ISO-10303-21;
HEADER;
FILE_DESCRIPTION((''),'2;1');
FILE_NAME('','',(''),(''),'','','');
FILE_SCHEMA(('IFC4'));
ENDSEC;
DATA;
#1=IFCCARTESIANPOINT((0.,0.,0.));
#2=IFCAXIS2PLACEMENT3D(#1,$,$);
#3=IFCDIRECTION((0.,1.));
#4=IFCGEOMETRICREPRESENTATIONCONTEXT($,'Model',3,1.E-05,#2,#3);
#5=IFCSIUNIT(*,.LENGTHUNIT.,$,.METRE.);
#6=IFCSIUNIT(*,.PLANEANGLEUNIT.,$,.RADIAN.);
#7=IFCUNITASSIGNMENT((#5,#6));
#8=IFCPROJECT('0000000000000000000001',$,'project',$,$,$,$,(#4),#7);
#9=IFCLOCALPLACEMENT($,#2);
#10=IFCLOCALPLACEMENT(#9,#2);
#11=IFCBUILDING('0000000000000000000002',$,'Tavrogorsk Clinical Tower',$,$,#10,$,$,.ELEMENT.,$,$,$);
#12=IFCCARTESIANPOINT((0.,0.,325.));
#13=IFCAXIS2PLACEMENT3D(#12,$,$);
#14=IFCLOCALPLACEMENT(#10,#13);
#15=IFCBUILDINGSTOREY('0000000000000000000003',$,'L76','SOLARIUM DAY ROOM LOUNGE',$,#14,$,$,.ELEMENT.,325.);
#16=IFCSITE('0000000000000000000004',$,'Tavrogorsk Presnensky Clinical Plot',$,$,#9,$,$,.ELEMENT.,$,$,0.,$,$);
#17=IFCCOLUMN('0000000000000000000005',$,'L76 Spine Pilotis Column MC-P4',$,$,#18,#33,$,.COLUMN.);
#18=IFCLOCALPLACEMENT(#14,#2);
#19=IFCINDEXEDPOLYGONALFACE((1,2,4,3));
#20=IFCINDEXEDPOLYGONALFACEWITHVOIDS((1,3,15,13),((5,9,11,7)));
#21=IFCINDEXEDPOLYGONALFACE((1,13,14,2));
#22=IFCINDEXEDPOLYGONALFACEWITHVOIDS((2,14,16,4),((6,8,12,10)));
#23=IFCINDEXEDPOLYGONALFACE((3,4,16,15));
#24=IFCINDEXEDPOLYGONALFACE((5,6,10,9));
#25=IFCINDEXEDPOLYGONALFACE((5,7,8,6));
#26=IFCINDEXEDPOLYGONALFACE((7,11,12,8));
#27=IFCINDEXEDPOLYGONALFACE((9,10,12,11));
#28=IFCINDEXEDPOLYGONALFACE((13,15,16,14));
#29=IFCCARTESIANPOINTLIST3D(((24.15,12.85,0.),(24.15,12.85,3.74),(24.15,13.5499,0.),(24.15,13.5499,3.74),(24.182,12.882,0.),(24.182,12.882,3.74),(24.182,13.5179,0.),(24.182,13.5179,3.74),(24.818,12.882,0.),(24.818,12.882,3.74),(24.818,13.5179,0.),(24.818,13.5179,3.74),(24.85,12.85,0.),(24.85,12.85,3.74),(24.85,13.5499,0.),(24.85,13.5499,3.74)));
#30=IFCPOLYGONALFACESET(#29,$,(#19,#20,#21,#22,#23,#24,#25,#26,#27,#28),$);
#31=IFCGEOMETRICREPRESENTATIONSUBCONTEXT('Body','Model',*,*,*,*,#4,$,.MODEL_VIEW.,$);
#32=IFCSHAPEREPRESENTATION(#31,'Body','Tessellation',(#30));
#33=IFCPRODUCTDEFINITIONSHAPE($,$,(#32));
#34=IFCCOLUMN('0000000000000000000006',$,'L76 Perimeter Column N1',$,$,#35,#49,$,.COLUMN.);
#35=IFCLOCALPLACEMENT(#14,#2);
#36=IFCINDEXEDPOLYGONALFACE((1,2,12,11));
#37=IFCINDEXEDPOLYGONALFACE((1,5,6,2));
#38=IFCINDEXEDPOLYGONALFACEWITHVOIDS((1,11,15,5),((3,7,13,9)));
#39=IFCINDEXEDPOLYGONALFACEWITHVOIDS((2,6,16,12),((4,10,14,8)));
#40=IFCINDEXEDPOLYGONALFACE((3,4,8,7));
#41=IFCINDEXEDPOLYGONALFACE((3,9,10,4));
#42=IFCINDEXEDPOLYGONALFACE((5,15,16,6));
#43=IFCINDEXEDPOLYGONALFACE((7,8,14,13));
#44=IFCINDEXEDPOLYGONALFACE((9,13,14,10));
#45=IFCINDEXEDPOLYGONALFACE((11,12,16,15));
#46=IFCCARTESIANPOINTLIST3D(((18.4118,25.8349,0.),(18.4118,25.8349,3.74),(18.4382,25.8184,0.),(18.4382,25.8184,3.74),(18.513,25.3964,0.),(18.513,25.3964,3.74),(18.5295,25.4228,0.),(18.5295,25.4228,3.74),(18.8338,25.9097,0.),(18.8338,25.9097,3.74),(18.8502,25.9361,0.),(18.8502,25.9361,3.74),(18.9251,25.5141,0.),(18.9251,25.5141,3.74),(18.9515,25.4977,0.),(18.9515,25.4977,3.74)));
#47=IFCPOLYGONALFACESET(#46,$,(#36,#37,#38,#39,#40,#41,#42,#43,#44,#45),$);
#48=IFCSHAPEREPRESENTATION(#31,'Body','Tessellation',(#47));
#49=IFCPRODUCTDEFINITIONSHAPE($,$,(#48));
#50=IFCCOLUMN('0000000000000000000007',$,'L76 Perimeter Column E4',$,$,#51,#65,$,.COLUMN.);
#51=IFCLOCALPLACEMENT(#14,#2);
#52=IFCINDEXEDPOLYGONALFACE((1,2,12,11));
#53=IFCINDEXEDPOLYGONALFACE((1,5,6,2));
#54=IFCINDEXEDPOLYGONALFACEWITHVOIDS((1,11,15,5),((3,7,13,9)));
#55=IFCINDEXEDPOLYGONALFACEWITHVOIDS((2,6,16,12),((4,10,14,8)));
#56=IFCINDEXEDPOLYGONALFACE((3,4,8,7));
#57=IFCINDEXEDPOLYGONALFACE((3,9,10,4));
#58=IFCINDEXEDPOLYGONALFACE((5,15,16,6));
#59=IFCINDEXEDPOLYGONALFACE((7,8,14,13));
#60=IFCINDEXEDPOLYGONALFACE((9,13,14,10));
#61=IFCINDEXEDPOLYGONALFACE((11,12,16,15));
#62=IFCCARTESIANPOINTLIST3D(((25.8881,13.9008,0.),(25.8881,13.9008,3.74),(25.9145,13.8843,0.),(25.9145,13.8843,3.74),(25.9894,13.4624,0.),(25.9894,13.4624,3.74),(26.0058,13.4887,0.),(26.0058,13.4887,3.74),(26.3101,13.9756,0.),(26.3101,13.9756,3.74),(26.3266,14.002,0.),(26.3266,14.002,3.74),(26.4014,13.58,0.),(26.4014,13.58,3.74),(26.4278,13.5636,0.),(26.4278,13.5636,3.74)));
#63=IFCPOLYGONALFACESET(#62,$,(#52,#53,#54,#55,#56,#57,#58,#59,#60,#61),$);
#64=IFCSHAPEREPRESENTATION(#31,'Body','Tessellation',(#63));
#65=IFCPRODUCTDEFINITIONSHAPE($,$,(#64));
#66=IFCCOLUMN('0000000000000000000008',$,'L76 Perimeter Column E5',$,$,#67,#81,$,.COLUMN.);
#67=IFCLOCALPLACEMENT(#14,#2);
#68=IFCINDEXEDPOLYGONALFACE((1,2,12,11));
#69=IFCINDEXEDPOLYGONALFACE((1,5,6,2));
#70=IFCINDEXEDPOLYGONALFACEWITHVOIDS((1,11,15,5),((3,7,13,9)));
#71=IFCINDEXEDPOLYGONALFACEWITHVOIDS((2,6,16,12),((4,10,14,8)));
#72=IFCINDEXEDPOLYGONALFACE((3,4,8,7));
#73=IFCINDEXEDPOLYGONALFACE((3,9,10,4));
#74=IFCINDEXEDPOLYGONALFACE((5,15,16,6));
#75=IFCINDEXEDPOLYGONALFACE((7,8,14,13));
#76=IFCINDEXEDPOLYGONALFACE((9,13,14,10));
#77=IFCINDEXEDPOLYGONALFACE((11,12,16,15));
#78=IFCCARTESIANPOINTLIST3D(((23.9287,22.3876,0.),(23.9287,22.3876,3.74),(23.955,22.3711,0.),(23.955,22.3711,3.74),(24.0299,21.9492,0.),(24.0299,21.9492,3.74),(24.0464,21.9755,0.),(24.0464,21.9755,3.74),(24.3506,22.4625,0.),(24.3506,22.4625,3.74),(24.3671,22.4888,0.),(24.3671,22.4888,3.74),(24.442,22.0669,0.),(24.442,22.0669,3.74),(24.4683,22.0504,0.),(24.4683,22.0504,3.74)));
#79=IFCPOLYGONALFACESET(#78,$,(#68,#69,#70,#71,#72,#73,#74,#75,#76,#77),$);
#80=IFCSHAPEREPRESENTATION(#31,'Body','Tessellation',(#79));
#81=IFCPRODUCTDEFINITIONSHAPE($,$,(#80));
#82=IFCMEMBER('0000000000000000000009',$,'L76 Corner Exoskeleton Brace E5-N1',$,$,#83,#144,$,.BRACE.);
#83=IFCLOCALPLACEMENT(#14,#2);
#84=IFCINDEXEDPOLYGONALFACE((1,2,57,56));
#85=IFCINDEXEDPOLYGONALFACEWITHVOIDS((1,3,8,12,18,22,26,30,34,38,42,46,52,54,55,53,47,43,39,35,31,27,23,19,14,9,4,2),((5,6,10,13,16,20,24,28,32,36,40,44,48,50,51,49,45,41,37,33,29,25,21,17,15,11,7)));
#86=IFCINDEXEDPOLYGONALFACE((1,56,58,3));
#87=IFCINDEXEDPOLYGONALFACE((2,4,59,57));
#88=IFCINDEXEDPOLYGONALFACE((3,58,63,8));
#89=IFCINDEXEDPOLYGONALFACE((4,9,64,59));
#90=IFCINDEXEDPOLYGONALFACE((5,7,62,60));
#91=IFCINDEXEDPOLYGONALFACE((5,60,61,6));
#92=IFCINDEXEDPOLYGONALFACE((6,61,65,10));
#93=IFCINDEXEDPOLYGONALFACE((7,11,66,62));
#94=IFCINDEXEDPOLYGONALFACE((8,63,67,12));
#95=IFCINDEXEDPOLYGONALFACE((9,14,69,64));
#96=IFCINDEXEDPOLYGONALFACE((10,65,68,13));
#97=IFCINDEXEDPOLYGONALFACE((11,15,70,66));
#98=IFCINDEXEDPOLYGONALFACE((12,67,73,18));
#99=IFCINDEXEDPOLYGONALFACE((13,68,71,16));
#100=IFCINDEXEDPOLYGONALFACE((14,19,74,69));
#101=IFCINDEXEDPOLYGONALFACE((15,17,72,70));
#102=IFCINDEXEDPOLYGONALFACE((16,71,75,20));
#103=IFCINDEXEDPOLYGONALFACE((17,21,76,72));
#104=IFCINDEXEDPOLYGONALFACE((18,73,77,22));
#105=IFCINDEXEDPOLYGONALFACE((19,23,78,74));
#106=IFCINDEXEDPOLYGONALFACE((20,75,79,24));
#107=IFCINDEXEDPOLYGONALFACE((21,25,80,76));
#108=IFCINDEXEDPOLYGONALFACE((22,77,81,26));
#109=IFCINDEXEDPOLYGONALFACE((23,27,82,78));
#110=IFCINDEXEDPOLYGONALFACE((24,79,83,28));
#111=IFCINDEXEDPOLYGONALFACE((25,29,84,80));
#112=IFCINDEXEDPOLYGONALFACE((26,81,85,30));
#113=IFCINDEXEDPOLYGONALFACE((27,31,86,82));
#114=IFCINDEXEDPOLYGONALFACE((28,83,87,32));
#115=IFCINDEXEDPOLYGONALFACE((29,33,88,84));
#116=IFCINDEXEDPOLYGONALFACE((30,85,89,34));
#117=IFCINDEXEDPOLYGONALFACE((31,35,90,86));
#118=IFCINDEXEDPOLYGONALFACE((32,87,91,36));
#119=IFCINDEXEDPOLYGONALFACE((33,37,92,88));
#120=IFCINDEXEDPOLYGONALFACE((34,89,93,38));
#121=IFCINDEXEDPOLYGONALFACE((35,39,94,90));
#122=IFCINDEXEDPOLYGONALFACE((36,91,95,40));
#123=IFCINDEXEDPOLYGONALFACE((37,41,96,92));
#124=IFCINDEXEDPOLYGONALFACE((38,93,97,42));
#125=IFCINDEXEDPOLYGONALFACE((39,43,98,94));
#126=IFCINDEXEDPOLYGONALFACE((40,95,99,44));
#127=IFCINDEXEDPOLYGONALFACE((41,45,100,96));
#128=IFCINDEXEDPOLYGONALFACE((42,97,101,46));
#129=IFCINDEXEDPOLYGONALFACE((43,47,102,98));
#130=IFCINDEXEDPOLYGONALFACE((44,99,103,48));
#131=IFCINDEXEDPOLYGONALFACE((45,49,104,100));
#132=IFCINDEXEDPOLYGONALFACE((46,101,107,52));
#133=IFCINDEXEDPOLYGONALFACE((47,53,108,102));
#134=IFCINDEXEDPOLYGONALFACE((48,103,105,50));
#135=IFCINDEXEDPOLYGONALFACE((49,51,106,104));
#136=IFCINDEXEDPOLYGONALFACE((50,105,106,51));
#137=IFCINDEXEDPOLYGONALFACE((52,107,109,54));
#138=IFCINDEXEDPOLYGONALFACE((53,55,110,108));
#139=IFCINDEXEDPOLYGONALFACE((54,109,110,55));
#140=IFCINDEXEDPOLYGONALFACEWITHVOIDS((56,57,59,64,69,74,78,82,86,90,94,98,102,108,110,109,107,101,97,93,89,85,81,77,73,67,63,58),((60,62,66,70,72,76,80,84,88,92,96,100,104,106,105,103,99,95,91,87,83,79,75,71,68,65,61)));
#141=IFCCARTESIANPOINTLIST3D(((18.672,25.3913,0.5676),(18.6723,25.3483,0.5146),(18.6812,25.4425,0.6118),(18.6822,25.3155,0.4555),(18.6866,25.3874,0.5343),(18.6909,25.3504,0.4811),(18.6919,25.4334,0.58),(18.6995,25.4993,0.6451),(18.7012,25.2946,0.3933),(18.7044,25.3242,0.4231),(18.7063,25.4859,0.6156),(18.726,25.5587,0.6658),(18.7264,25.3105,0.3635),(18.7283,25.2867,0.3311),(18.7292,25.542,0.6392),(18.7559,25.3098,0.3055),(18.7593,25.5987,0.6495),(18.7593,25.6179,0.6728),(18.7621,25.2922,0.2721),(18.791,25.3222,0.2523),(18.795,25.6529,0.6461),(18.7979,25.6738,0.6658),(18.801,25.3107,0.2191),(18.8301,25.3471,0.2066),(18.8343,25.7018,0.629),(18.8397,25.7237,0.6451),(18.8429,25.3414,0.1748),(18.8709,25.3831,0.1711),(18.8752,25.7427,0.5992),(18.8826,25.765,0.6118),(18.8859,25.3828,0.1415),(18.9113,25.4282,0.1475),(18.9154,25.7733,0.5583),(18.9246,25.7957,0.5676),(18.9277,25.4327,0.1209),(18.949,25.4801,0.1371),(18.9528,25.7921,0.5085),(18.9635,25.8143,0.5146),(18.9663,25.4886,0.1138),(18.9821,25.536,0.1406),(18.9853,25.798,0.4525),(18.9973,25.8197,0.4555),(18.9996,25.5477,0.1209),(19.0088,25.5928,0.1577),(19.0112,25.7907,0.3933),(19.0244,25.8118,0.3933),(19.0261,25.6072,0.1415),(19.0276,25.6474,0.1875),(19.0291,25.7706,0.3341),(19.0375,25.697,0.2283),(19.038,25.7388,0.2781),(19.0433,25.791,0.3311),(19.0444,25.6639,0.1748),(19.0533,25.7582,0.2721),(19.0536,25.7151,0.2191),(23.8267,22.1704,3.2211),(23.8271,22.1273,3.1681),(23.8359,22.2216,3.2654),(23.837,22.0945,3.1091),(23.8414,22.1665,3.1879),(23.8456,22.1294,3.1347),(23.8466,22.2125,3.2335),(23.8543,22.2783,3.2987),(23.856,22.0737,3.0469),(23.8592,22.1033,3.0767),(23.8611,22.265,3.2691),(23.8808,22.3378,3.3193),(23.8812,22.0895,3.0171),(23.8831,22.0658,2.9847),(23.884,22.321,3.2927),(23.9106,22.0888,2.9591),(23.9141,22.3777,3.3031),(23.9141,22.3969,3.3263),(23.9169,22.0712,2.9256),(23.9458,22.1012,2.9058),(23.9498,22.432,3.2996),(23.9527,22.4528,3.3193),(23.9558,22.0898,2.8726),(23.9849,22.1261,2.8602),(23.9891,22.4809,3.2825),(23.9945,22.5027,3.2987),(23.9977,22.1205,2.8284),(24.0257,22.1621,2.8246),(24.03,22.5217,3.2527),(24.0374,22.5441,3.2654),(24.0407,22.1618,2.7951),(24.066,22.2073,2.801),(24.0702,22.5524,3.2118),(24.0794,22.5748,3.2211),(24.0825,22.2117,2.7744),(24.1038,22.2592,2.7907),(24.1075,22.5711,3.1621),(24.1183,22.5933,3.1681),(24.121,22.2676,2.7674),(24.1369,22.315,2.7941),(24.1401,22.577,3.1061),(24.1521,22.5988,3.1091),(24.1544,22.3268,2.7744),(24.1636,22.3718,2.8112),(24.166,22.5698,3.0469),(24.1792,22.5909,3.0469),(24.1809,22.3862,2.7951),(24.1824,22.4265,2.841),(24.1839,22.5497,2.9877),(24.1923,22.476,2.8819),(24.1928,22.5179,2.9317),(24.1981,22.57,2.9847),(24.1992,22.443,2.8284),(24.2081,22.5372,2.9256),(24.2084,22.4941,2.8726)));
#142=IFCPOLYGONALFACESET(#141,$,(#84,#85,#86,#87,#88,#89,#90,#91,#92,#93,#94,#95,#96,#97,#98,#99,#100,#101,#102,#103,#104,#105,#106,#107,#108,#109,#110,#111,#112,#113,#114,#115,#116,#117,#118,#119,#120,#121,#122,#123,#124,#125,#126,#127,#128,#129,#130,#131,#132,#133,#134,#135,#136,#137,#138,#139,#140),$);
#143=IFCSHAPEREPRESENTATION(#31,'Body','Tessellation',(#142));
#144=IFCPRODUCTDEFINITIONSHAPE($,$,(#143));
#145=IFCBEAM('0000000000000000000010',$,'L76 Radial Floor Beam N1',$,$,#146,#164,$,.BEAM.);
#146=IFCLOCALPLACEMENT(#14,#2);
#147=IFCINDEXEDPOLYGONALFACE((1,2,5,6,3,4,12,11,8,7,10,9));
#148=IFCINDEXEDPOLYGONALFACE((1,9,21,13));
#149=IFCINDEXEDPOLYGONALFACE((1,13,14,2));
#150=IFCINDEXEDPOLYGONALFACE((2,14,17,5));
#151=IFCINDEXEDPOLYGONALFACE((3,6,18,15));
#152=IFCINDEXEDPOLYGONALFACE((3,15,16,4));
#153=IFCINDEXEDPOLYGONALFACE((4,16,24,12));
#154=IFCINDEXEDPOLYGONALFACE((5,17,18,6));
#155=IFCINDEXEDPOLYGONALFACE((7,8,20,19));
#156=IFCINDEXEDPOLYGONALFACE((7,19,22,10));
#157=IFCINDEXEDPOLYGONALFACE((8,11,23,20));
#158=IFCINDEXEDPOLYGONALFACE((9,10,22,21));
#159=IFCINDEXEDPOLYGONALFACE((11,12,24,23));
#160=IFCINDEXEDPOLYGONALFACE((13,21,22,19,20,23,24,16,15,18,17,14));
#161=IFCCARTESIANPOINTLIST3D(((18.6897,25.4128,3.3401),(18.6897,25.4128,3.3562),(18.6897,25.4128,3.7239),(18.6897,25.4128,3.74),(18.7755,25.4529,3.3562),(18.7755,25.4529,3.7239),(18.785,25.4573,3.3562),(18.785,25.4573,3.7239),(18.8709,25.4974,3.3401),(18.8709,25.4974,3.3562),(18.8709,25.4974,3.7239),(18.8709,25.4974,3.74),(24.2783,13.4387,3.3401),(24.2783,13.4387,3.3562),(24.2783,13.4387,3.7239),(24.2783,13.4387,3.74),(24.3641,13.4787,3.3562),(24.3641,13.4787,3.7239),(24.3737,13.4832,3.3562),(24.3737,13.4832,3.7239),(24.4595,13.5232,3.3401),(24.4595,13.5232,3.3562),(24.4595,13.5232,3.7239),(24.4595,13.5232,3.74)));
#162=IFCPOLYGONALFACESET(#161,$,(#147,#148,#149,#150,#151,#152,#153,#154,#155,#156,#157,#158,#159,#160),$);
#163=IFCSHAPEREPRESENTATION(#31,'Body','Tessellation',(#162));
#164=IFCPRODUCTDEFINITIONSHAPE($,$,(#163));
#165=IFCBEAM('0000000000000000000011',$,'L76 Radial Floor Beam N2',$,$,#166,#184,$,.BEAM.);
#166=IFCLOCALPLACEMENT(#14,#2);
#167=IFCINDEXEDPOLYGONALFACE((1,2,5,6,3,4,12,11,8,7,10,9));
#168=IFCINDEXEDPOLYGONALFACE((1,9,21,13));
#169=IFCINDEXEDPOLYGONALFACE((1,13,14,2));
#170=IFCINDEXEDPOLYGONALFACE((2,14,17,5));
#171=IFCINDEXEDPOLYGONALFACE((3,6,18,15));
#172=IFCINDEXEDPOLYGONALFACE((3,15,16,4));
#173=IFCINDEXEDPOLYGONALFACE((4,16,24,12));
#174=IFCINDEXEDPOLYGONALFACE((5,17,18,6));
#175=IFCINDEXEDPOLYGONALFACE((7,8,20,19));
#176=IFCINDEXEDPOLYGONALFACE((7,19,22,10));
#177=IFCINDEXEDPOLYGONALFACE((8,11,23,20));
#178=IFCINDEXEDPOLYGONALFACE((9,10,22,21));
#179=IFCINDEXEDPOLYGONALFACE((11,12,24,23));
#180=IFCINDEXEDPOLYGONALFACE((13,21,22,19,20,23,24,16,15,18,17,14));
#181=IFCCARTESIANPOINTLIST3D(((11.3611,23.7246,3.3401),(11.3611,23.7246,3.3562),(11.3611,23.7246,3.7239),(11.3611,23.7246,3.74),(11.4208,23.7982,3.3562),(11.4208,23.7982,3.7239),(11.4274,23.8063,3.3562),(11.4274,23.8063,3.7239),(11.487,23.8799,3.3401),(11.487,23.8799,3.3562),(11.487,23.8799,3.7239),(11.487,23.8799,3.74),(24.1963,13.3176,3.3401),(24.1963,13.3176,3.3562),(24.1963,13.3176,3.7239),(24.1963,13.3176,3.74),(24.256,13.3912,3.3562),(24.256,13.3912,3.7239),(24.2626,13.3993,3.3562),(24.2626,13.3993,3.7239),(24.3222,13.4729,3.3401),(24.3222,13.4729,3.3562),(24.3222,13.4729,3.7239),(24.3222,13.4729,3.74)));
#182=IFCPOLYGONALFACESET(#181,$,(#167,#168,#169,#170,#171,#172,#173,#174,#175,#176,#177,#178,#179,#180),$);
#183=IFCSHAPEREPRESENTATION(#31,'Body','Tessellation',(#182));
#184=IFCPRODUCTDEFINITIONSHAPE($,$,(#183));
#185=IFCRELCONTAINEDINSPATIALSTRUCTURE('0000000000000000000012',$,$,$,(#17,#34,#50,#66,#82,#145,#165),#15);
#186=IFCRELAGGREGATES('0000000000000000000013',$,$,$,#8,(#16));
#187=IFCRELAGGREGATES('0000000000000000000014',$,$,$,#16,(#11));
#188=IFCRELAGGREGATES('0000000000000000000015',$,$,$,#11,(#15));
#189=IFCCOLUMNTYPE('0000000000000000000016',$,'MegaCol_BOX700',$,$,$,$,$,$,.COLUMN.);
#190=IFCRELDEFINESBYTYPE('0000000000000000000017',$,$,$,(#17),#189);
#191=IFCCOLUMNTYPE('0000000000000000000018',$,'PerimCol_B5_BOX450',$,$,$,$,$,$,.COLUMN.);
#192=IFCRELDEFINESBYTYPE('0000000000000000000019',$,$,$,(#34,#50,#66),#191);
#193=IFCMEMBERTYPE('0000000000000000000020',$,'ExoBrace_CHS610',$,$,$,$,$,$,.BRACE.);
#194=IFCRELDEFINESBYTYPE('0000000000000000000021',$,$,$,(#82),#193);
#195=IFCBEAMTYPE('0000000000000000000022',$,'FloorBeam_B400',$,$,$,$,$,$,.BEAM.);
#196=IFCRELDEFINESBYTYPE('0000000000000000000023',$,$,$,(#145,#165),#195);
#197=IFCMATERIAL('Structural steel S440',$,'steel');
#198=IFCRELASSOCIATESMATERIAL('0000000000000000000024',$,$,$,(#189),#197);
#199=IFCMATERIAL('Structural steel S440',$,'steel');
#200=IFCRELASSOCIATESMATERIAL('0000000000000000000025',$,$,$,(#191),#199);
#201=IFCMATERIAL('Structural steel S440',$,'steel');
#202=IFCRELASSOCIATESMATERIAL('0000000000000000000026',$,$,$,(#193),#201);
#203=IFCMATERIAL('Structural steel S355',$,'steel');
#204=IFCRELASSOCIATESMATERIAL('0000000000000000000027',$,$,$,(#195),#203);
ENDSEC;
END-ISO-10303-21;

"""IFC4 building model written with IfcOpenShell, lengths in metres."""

from ifc_helpers import new_model, si_unit, direction, frame, origin, origin_2d, place, context, subcontext, project, spatial, hollow_rectangle, hollow_circle, i_section, extrude, material, material_profile, profile_set, type_object, element, save


model = new_model("IFC4")

# Units and contexts
model_context = context("Model", 3, precision=1e-05, world=origin(), true_north=direction((0.0, 1.0)))
body_context = subcontext(model_context, "Body", "Model", "MODEL_VIEW")
ifc_project = project(units=[si_unit("LENGTHUNIT", "METRE"), si_unit("PLANEANGLEUNIT", "RADIAN")], contexts=[model_context])

# Site, building, storey
site_placement = place(None, origin())
site = spatial("IfcSite", under=ifc_project, at=site_placement, Name="Tavrogorsk Presnensky Clinical Plot", CompositionType="ELEMENT", RefElevation=0.0)
building_placement = place(site_placement, origin())
building = spatial("IfcBuilding", under=site, at=building_placement, Name="Tavrogorsk Clinical Tower", CompositionType="ELEMENT")
storey_placement = place(building_placement, frame((0.0, 0.0, 325.0)))
storey = spatial("IfcBuildingStorey", under=building, at=storey_placement, Name="L76", Description="SOLARIUM DAY ROOM LOUNGE", CompositionType="ELEMENT", Elevation=325.0)

# Columns
ifc_material_1 = material(Name="Structural steel S440", Category="steel")
ifc_material_profile_1 = material_profile(ifc_material_1, hollow_rectangle(XDim=0.7, YDim=0.7, WallThickness=0.032, at=origin_2d()), Name="BOX-700x700x32")
ifc_profile_set_1 = profile_set([ifc_material_profile_1], Name="Structural steel S440")
column_type_1 = type_object("IfcColumnType", Name="MegaCol_BOX700", PredefinedType="COLUMN", material=ifc_profile_set_1)
column_placement = place(storey_placement, frame((24.5, 13.2, 0.0), z_axis=(0.0, 0.0, 1.0), x_axis=(1.0, 0.0, 0.0)))
element("IfcColumn", 1, at=column_placement, inside=storey, type_object=column_type_1, Name="L76 Spine Pilotis Column MC-P4", PredefinedType="COLUMN", context=body_context, shape_type="SweptSolid", body=[
    extrude(hollow_rectangle(XDim=0.7, YDim=0.7, WallThickness=0.032, at=origin_2d()), origin(), (0.0, 0.0, 1.0), 3.74),
])
ifc_material_2 = material(Name="Structural steel S440", Category="steel")
ifc_material_profile_2 = material_profile(ifc_material_2, hollow_rectangle(XDim=0.45, YDim=0.45, WallThickness=0.022, at=origin_2d()), Name="BOX-450x450x22")
ifc_profile_set_2 = profile_set([ifc_material_profile_2], Name="Structural steel S440")
column_type_2 = type_object("IfcColumnType", Name="PerimCol_B5_BOX450", PredefinedType="COLUMN", material=ifc_profile_set_2)
for number, where, z_axis, x_axis, name in (
    (2, (18.6816, 25.6663, 0.0), (0.0, 0.0, 1.0), (0.97437, 0.224951, 0.0), "L76 Perimeter Column N1"),
    (3, (26.158, 13.7322, 0.0), (0.0, 0.0, 1.0), (0.97437, 0.224951, 0.0), "L76 Perimeter Column E4"),
    (4, (24.1985, 22.219, 0.0), (0.0, 0.0, 1.0), (0.97437, 0.224951, 0.0), "L76 Perimeter Column E5"),
):
    element("IfcColumn", number, at=place(storey_placement, frame(where, z_axis=z_axis, x_axis=x_axis)), inside=storey, type_object=column_type_2, Name=name, PredefinedType="COLUMN", context=body_context, shape_type="SweptSolid", body=[
        extrude(hollow_rectangle(XDim=0.45, YDim=0.45, WallThickness=0.022, at=origin_2d()), origin(), (0.0, 0.0, 1.0), 3.74),
    ])

# Member
ifc_material_3 = material(Name="Structural steel S440", Category="steel")
ifc_material_profile_3 = material_profile(ifc_material_3, hollow_circle(Radius=0.3049, WallThickness=0.0249, at=origin_2d()), Name="CHS-610x25")
ifc_profile_set_3 = profile_set([ifc_material_profile_3], Name="Structural steel S440")
member_type_1 = type_object("IfcMemberType", Name="ExoBrace_CHS610", PredefinedType="BRACE", material=ifc_profile_set_3)
member_placement = place(storey_placement, frame((18.8628, 25.5532, 0.3933), z_axis=(0.777222, -0.485644, 0.400096), x_axis=(0.529905, 0.848057, 0.0)))
element("IfcMember", 5, at=member_placement, inside=storey, type_object=member_type_1, Name="L76 Corner Exoskeleton Brace E5-N1", PredefinedType="BRACE", context=body_context, shape_type="SweptSolid", body=[
    extrude(hollow_circle(Radius=0.3049, WallThickness=0.0249, at=origin_2d()), origin(), (0.0, 0.0, 1.0), 6.6323),
])

# Beams
ifc_material_4 = material(Name="Structural steel S355", Category="steel")
ifc_material_profile_4 = material_profile(ifc_material_4, i_section(OverallWidth=0.2, OverallDepth=0.3999, WebThickness=0.0105, FlangeThickness=0.0161, at=origin_2d()), Name="B-400x200x10.5x16")
ifc_profile_set_4 = profile_set([ifc_material_profile_4], Name="Structural steel S355")
beam_type_1 = type_object("IfcBeamType", Name="FloorBeam_B400", PredefinedType="BEAM", material=ifc_profile_set_4)
beam_1_placement = place(storey_placement, frame((24.3689, 13.481, 3.54), z_axis=(-0.422929, 0.906163, 0.0), x_axis=(-0.906163, -0.422929, 0.0)))
element("IfcBeam", 6, at=beam_1_placement, inside=storey, type_object=beam_type_1, Name="L76 Radial Floor Beam N1", PredefinedType="BEAM", context=body_context, shape_type="SweptSolid", body=[
    extrude(i_section(OverallWidth=0.2, OverallDepth=0.3999, WebThickness=0.0105, FlangeThickness=0.0161, at=origin_2d()), origin(), (0.0, 0.0, 1.0), 13.2141),
])
beam_2_placement = place(storey_placement, frame((24.2593, 13.3953, 3.54), z_axis=(-0.776754, 0.629804, 0.0), x_axis=(-0.629804, -0.776754, 0.0)))
element("IfcBeam", 7, at=beam_2_placement, inside=storey, type_object=beam_type_1, Name="L76 Radial Floor Beam N2", PredefinedType="BEAM", context=body_context, shape_type="SweptSolid", body=[
    extrude(i_section(OverallWidth=0.2, OverallDepth=0.3999, WebThickness=0.0105, FlangeThickness=0.0161, at=origin_2d()), origin(), (0.0, 0.0, 1.0), 16.5242),
])

save(model, "model.ifc")
